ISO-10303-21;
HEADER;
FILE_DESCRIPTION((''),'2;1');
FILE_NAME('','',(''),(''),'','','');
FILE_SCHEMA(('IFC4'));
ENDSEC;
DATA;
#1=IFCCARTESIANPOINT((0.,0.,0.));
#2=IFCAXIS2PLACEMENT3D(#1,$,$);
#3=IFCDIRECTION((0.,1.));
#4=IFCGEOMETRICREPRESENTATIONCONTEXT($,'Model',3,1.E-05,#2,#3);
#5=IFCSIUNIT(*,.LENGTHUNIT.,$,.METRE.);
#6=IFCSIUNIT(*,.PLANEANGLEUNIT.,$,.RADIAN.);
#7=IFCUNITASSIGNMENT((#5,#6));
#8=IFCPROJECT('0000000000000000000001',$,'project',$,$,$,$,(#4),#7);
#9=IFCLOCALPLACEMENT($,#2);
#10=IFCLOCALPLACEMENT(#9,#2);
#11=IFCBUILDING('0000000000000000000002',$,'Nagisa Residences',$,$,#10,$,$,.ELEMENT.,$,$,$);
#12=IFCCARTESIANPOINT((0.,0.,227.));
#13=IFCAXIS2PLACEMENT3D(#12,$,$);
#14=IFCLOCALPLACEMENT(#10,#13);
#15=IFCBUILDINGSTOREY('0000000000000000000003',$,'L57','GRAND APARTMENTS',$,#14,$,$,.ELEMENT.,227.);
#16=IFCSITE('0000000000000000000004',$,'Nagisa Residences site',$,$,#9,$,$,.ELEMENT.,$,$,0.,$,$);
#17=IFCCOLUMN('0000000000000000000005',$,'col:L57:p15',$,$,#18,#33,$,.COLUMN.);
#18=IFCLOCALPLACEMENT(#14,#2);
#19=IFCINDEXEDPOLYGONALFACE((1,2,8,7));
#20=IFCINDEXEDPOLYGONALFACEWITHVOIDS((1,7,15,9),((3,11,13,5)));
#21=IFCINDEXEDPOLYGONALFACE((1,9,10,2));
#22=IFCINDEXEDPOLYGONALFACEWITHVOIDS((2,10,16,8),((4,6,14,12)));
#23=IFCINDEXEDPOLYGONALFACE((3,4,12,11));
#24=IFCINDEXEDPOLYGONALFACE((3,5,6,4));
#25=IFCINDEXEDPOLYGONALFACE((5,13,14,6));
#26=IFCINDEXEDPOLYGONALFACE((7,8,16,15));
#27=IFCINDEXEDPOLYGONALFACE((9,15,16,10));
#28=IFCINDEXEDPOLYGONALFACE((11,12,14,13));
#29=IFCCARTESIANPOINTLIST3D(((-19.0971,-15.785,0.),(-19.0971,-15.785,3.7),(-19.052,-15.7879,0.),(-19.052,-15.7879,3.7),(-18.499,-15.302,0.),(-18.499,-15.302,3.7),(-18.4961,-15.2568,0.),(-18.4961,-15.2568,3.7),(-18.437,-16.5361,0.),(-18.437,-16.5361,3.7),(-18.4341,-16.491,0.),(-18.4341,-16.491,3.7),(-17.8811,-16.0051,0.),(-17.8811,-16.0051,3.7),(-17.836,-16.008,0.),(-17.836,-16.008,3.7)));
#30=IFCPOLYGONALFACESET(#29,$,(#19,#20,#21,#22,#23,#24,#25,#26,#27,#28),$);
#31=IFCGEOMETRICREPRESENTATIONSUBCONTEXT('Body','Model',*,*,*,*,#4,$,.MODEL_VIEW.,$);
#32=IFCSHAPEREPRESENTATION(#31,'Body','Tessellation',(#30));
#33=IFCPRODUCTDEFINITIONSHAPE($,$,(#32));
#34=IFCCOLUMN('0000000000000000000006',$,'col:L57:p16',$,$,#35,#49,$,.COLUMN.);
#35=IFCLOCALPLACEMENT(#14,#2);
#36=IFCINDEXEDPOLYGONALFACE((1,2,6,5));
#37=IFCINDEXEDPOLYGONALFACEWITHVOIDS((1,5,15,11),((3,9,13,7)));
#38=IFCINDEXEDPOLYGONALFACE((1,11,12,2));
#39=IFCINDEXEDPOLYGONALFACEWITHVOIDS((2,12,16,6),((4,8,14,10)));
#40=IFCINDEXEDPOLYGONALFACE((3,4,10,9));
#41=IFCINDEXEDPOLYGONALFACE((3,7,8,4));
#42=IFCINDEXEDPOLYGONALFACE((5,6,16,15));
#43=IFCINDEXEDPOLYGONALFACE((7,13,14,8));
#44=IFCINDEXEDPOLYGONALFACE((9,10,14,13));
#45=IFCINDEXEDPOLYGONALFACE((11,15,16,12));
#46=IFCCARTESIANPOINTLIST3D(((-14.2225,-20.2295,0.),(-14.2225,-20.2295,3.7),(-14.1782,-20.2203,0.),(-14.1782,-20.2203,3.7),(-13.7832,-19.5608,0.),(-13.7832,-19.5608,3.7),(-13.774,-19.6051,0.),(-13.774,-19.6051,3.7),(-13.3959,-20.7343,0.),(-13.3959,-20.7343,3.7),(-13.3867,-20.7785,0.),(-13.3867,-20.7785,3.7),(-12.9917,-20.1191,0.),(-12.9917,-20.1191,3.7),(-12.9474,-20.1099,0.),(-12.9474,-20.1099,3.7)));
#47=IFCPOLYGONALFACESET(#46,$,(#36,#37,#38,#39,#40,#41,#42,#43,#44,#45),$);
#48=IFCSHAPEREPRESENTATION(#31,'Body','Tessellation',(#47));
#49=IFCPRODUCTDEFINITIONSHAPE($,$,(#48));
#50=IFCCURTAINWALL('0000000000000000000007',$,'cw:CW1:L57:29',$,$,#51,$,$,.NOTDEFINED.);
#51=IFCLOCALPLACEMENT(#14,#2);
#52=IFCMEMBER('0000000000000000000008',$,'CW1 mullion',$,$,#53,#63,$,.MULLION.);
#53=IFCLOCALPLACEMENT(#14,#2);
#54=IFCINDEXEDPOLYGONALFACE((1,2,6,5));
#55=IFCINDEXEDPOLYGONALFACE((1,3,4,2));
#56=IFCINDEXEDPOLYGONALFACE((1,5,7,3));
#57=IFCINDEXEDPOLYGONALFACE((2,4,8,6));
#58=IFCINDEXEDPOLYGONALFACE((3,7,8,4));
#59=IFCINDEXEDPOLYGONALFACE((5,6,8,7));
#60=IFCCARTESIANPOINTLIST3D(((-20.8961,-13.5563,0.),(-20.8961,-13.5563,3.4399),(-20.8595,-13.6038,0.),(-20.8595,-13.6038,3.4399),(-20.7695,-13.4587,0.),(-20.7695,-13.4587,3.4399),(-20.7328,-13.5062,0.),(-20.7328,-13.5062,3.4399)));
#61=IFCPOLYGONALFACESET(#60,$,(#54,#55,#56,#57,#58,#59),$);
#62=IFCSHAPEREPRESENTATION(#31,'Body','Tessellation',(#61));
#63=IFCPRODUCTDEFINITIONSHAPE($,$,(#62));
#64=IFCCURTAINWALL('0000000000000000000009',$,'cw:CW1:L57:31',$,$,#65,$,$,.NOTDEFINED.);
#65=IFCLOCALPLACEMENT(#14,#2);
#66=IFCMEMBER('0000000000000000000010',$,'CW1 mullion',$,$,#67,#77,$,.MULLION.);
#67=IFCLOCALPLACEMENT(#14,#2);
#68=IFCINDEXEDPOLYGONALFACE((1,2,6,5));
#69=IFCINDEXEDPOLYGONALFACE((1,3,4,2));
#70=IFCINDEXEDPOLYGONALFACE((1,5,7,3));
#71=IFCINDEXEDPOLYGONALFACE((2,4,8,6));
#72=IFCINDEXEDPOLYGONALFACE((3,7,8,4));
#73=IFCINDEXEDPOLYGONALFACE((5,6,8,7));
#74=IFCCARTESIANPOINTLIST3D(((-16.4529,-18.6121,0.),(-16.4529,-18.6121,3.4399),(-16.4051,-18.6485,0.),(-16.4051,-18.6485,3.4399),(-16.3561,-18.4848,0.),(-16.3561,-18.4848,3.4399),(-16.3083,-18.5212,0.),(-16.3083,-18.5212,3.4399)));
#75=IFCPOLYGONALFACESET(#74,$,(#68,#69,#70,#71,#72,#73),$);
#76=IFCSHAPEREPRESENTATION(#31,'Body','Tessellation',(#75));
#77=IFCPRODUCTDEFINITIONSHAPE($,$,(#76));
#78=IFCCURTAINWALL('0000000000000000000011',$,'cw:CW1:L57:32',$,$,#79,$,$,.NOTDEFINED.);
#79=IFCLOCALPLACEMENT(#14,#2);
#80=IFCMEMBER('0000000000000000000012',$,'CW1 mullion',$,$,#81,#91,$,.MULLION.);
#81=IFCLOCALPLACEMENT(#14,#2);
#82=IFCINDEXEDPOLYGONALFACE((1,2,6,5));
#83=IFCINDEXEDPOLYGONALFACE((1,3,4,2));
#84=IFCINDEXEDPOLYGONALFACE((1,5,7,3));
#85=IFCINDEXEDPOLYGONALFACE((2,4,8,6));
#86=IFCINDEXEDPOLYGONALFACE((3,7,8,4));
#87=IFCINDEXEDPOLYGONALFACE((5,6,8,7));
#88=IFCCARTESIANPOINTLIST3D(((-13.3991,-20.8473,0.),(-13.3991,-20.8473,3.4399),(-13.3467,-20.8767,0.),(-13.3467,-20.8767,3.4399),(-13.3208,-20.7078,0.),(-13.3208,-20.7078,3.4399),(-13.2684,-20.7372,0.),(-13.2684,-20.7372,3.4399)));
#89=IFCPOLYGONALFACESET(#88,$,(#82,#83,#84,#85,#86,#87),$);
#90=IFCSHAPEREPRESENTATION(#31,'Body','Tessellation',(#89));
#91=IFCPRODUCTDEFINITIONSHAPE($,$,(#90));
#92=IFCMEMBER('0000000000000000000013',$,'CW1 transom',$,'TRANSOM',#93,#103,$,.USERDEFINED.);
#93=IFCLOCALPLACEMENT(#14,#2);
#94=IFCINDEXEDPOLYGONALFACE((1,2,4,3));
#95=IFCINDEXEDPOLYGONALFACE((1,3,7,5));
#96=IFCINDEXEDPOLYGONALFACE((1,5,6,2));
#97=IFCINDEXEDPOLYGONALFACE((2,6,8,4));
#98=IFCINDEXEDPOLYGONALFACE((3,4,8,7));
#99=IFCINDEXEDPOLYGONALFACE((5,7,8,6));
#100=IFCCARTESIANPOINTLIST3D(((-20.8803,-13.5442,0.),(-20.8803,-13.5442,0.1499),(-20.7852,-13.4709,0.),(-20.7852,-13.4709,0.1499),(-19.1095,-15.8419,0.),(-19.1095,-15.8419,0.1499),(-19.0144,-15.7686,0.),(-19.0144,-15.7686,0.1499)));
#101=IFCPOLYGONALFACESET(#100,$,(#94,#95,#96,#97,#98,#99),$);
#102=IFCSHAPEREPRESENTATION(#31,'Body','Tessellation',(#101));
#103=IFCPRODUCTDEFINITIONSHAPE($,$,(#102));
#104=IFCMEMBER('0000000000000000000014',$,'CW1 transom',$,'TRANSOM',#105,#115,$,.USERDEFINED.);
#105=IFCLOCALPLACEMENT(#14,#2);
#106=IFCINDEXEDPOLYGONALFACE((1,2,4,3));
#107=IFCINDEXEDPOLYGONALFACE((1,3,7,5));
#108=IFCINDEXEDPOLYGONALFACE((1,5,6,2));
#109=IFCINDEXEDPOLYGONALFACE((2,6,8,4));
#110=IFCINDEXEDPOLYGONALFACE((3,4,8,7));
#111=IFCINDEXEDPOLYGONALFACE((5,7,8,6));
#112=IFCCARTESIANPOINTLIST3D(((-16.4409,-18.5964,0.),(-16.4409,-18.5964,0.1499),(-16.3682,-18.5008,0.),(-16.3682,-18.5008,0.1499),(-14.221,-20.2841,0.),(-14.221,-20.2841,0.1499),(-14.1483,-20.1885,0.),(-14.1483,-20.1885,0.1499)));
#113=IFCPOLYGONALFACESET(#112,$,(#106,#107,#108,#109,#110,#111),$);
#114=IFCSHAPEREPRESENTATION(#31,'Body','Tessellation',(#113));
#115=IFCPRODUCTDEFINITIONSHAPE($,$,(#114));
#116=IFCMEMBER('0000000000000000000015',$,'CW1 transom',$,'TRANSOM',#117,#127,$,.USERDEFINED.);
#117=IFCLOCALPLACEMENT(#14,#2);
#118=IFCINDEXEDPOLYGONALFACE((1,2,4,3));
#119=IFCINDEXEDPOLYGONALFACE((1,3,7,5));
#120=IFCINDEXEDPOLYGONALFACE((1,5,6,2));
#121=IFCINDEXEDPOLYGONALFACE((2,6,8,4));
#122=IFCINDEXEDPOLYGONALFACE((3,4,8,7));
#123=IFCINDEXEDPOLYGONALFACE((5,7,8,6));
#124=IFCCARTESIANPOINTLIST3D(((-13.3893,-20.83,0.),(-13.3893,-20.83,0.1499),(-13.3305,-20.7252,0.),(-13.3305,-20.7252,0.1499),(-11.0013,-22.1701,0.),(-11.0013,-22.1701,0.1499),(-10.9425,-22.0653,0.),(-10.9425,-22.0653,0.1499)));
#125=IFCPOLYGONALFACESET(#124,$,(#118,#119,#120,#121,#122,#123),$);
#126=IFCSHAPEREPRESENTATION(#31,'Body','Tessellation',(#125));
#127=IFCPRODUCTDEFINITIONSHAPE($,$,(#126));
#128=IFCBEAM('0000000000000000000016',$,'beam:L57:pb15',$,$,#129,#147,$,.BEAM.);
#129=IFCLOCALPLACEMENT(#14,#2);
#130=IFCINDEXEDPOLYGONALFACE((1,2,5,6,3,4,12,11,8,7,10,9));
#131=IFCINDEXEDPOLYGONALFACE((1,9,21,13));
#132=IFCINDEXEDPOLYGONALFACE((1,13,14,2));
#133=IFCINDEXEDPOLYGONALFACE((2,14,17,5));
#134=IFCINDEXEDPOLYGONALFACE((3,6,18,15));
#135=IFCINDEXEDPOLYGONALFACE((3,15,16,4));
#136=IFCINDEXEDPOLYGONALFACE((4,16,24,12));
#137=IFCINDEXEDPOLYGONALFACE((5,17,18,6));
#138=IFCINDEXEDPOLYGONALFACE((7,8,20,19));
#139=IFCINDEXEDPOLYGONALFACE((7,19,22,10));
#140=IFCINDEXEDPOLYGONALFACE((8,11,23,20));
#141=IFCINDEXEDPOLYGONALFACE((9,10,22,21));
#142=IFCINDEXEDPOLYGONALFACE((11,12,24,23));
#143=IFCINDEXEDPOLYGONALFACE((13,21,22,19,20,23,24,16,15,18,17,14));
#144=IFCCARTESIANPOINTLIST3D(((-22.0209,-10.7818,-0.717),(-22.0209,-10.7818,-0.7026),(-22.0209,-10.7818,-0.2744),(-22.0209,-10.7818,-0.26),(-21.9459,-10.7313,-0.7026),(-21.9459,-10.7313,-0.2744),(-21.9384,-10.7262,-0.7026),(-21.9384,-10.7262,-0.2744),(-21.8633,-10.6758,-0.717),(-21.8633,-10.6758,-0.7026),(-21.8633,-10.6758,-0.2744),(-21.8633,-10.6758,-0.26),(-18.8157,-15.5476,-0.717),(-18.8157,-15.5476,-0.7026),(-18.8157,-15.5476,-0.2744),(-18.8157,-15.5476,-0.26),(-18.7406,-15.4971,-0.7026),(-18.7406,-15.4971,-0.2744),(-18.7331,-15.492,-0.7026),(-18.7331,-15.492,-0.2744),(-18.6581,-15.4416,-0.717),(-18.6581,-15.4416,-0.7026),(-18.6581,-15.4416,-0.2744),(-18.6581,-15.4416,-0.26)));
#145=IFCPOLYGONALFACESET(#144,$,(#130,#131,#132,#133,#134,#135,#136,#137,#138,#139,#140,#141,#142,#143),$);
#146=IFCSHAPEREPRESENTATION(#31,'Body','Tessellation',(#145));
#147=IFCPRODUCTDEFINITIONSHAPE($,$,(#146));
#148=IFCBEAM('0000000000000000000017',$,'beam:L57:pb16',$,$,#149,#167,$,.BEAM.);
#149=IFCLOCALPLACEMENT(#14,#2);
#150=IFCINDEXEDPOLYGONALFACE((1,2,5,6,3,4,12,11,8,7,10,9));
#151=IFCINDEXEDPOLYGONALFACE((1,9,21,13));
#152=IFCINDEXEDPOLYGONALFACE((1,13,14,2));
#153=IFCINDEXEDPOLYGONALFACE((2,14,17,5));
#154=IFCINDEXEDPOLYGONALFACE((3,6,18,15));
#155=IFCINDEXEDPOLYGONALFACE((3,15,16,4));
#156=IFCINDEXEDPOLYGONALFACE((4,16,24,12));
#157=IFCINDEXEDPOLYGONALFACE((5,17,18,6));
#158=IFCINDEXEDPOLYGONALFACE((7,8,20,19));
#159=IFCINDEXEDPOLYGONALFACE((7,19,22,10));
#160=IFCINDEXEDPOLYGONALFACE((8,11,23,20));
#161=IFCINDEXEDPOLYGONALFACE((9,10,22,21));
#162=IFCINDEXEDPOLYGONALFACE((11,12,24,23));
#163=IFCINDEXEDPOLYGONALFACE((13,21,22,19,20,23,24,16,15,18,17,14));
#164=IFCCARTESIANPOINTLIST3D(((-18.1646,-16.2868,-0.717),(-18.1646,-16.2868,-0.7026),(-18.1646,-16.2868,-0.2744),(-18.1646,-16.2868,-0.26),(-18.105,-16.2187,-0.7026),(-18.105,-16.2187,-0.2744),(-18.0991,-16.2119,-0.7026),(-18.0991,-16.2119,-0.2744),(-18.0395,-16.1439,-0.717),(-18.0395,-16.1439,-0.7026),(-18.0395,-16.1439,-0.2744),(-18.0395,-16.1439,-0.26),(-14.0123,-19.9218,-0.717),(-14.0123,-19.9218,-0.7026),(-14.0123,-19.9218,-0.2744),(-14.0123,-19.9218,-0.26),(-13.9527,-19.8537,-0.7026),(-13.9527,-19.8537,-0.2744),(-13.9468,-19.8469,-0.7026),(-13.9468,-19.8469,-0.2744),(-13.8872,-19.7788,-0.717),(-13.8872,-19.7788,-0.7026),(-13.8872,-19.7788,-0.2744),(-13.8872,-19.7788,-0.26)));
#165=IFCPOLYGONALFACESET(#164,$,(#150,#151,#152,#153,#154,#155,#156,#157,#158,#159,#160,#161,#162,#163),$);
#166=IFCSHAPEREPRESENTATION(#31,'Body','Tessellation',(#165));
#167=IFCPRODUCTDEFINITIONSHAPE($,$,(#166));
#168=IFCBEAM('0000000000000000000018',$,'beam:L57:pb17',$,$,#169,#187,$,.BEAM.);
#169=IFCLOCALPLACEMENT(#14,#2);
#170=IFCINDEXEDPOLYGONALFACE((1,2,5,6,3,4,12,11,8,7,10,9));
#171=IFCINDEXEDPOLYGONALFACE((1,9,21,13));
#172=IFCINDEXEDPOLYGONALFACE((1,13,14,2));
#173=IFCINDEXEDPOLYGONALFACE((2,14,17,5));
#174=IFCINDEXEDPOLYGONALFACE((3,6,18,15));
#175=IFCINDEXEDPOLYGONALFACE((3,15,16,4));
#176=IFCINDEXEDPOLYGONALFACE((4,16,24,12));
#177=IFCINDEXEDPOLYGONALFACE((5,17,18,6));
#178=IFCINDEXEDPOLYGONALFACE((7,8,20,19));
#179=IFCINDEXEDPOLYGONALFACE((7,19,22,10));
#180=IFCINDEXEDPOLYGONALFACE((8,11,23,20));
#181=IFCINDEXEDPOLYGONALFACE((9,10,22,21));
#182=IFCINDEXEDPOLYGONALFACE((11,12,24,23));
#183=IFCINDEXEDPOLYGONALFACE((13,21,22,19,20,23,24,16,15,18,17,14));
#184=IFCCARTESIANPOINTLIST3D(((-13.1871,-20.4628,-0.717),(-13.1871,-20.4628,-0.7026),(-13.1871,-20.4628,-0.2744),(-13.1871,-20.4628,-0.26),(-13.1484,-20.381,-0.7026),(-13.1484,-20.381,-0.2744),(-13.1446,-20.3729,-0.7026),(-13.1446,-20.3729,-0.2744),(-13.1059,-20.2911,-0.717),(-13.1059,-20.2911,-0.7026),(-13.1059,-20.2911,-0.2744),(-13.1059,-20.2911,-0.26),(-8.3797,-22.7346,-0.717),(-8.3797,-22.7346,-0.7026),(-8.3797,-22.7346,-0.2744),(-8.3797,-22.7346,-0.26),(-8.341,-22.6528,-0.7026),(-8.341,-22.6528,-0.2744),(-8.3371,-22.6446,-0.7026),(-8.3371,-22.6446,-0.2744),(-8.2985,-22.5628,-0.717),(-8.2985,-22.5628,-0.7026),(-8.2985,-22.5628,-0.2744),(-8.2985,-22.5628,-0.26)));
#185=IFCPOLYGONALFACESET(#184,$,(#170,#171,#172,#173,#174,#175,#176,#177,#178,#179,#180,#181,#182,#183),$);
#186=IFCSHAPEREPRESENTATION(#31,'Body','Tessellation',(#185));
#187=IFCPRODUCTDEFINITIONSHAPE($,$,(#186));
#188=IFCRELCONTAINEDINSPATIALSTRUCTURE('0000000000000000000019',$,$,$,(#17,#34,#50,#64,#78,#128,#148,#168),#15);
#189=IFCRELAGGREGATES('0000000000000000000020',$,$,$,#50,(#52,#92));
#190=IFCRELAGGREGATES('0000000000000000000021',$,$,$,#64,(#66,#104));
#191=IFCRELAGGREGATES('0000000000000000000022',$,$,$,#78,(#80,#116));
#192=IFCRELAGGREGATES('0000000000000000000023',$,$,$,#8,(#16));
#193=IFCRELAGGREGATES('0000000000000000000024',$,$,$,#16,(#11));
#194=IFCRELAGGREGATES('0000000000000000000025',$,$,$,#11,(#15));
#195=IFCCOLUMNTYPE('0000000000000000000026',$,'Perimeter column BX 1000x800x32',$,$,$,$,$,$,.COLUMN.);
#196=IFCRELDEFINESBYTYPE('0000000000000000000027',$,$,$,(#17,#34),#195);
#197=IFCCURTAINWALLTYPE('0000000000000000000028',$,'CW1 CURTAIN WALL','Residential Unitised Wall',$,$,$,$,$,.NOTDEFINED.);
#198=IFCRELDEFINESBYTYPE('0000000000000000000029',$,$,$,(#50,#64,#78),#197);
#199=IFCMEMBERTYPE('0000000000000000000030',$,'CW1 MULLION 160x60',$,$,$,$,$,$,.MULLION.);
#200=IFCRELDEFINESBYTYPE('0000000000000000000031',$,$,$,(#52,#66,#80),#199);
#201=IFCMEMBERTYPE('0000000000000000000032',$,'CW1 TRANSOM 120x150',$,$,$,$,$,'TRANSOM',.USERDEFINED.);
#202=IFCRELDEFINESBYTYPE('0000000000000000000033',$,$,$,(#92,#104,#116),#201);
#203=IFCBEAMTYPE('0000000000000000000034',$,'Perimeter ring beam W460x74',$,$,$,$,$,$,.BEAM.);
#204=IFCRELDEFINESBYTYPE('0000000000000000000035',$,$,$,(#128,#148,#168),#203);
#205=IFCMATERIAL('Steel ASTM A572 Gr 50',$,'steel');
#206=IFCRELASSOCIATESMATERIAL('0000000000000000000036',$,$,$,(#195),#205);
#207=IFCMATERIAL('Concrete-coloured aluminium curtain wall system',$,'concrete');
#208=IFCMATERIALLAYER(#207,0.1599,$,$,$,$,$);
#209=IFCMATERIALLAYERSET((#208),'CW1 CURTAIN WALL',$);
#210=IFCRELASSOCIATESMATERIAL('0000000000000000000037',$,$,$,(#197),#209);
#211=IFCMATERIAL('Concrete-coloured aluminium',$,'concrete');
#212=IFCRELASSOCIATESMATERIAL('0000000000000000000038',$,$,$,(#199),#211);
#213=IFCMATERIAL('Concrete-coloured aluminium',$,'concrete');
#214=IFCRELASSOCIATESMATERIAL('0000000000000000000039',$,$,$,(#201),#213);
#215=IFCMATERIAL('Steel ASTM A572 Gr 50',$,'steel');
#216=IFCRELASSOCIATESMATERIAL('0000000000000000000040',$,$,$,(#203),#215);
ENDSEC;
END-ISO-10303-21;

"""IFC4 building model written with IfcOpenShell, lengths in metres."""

from ifc_helpers import new_model, si_unit, direction, frame, origin, origin_2d, place, context, subcontext, project, spatial, rectangle, hollow_rectangle, i_section, extrude, material, layer, layer_set, material_profile, profile_set, type_object, element, aggregate, save


model = new_model("IFC4")

# Units and contexts
model_context = context("Model", 3, precision=1e-05, world=origin(), true_north=direction((0.0, 1.0)))
body_context = subcontext(model_context, "Body", "Model", "MODEL_VIEW")
ifc_project = project(units=[si_unit("LENGTHUNIT", "METRE"), si_unit("PLANEANGLEUNIT", "RADIAN")], contexts=[model_context])

# Site, building, storey
site_placement = place(None, origin())
site = spatial("IfcSite", under=ifc_project, at=site_placement, Name="Nagisa Residences site", CompositionType="ELEMENT", RefElevation=0.0)
building_placement = place(site_placement, origin())
building = spatial("IfcBuilding", under=site, at=building_placement, Name="Nagisa Residences", CompositionType="ELEMENT")
storey_placement = place(building_placement, frame((0.0, 0.0, 227.0)))
storey = spatial("IfcBuildingStorey", under=building, at=storey_placement, Name="L57", Description="GRAND APARTMENTS", CompositionType="ELEMENT", Elevation=227.0)

# Columns
ifc_material_1 = material(Name="Steel ASTM A572 Gr 50", Category="steel")
ifc_material_profile_1 = material_profile(ifc_material_1, hollow_rectangle(XDim=1.0, YDim=0.8, WallThickness=0.032, at=origin_2d()), Name="BX 1000x800x32")
ifc_profile_set_1 = profile_set([ifc_material_profile_1], Name="Steel ASTM A572 Gr 50")
column_type = type_object("IfcColumnType", Name="Perimeter column BX 1000x800x32", PredefinedType="COLUMN", material=ifc_profile_set_1)
for number, where, z_axis, x_axis, name in (
    (1, (-18.4666, -15.8965, 0.0), (0.0, 0.0, 1.0), (0.660115, -0.751165, 0.0), "col:L57:p15"),
    (2, (-13.585, -20.1697, 0.0), (0.0, 0.0, 1.0), (0.835766, -0.549086, 0.0), "col:L57:p16"),
):
    element("IfcColumn", number, at=place(storey_placement, frame(where, z_axis=z_axis, x_axis=x_axis)), inside=storey, type_object=column_type, Name=name, PredefinedType="COLUMN", context=body_context, shape_type="SweptSolid", body=[
        extrude(hollow_rectangle(XDim=1.0, YDim=0.8, WallThickness=0.032, at=origin_2d()), origin(), (0.0, 0.0, 1.0), 3.7),
    ])

# Curtain walls, members
ifc_material_2 = material(Name="Concrete-coloured aluminium curtain wall system", Category="concrete")
ifc_layer_1 = layer(ifc_material_2, 0.1599)
ifc_layer_set_1 = layer_set([ifc_layer_1], Name="CW1 CURTAIN WALL")
curtain_wall_type = type_object("IfcCurtainWallType", Name="CW1 CURTAIN WALL", Description="Residential Unitised Wall", PredefinedType="NOTDEFINED", material=ifc_layer_set_1)
curtain_wall_1_placement = place(storey_placement, origin())
curtain_wall_1 = element("IfcCurtainWall", 3, at=curtain_wall_1_placement, inside=storey, type_object=curtain_wall_type, Name="cw:CW1:L57:29", PredefinedType="NOTDEFINED")
ifc_material_3 = material(Name="Concrete-coloured aluminium", Category="concrete")
ifc_material_profile_2 = material_profile(ifc_material_3, rectangle(XDim=0.1599, YDim=0.0601, at=origin_2d()), Name="CW1 MULLION 160x60")
ifc_profile_set_2 = profile_set([ifc_material_profile_2], Name="Concrete-coloured aluminium")
member_type_1 = type_object("IfcMemberType", Name="CW1 MULLION 160x60", PredefinedType="MULLION", material=ifc_profile_set_2)
member_1_placement = place(storey_placement, frame((-20.8145, -13.5312, 0.0), z_axis=(0.0, 0.0, 1.0), x_axis=(0.79207, 0.61043, 0.0)))
member_1 = element("IfcMember", 4, at=member_1_placement, type_object=member_type_1, Name="CW1 mullion", PredefinedType="MULLION", context=body_context, shape_type="SweptSolid", body=[
    extrude(rectangle(XDim=0.1599, YDim=0.0601, at=origin_2d()), origin(), (0.0, 0.0, 1.0), 3.4399),
])
curtain_wall_2_placement = place(storey_placement, origin())
curtain_wall_2 = element("IfcCurtainWall", 5, at=curtain_wall_2_placement, inside=storey, type_object=curtain_wall_type, Name="cw:CW1:L57:31", PredefinedType="NOTDEFINED")
member_2_placement = place(storey_placement, frame((-16.3806, -18.5667, 0.0), z_axis=(0.0, 0.0, 1.0), x_axis=(0.605255, 0.796031, 0.0)))
member_2 = element("IfcMember", 6, at=member_2_placement, type_object=member_type_1, Name="CW1 mullion", PredefinedType="MULLION", context=body_context, shape_type="SweptSolid", body=[
    extrude(rectangle(XDim=0.1599, YDim=0.0601, at=origin_2d()), origin(), (0.0, 0.0, 1.0), 3.4399),
])
curtain_wall_3_placement = place(storey_placement, origin())
curtain_wall_3 = element("IfcCurtainWall", 7, at=curtain_wall_3_placement, inside=storey, type_object=curtain_wall_type, Name="cw:CW1:L57:32", PredefinedType="NOTDEFINED")
member_3_placement = place(storey_placement, frame((-13.3337, -20.7922, 0.0), z_axis=(0.0, 0.0, 1.0), x_axis=(0.489377, 0.872072, 0.0)))
member_3 = element("IfcMember", 8, at=member_3_placement, type_object=member_type_1, Name="CW1 mullion", PredefinedType="MULLION", context=body_context, shape_type="SweptSolid", body=[
    extrude(rectangle(XDim=0.1599, YDim=0.0601, at=origin_2d()), origin(), (0.0, 0.0, 1.0), 3.4399),
])

# Members
ifc_material_4 = material(Name="Concrete-coloured aluminium", Category="concrete")
ifc_material_profile_3 = material_profile(ifc_material_4, rectangle(XDim=0.1201, YDim=0.1499, at=origin_2d()), Name="CW1 TRANSOM 120x150")
ifc_profile_set_3 = profile_set([ifc_material_profile_3], Name="Concrete-coloured aluminium")
member_type_2 = type_object("IfcMemberType", Name="CW1 TRANSOM 120x150", ElementType="TRANSOM", PredefinedType="USERDEFINED", material=ifc_profile_set_3)
member_4_placement = place(storey_placement, frame((-20.8328, -13.5076, 0.075), z_axis=(0.610439, -0.792064, 0.0), x_axis=(0.792064, 0.610439, 0.0)))
member_4 = element("IfcMember", 9, at=member_4_placement, type_object=member_type_2, Name="CW1 transom", ObjectType="TRANSOM", PredefinedType="USERDEFINED", context=body_context, shape_type="SweptSolid", body=[
    extrude(rectangle(XDim=0.1201, YDim=0.1499, at=origin_2d()), origin(), (0.0, 0.0, 1.0), 2.9009),
])
member_5_placement = place(storey_placement, frame((-16.4045, -18.5486, 0.075), z_axis=(0.796064, -0.605212, 0.0), x_axis=(0.605212, 0.796064, 0.0)))
member_5 = element("IfcMember", 10, at=member_5_placement, type_object=member_type_2, Name="CW1 transom", ObjectType="TRANSOM", PredefinedType="USERDEFINED", context=body_context, shape_type="SweptSolid", body=[
    extrude(rectangle(XDim=0.1201, YDim=0.1499, at=origin_2d()), origin(), (0.0, 0.0, 1.0), 2.7886),
])
member_6_placement = place(storey_placement, frame((-13.3599, -20.7776, 0.075), z_axis=(0.872063, -0.489393, 0.0), x_axis=(0.489393, 0.872063, 0.0)))
member_6 = element("IfcMember", 11, at=member_6_placement, type_object=member_type_2, Name="CW1 transom", ObjectType="TRANSOM", PredefinedType="USERDEFINED", context=body_context, shape_type="SweptSolid", body=[
    extrude(rectangle(XDim=0.1201, YDim=0.1499, at=origin_2d()), origin(), (0.0, 0.0, 1.0), 2.7383),
])

# Beams
ifc_material_5 = material(Name="Steel ASTM A572 Gr 50", Category="steel")
ifc_material_profile_4 = material_profile(ifc_material_5, i_section(OverallWidth=0.1899, OverallDepth=0.457, WebThickness=0.009, FlangeThickness=0.0144, at=origin_2d()), Name="W460x74")
ifc_profile_set_4 = profile_set([ifc_material_profile_4], Name="Steel ASTM A572 Gr 50")
beam_type_1 = type_object("IfcBeamType", Name="Perimeter ring beam W460x74", PredefinedType="BEAM", material=ifc_profile_set_4)
beam_1_placement = place(storey_placement, frame((-21.9421, -10.7288, -0.4885), z_axis=(0.55808, -0.829787, 0.0), x_axis=(0.829787, 0.55808, 0.0)))
element("IfcBeam", 12, at=beam_1_placement, inside=storey, type_object=beam_type_1, Name="beam:L57:pb15", PredefinedType="BEAM", context=body_context, shape_type="SweptSolid", body=[
    extrude(i_section(OverallWidth=0.1899, OverallDepth=0.457, WebThickness=0.009, FlangeThickness=0.0144, at=origin_2d()), origin(), (0.0, 0.0, 1.0), 5.7434),
])
beam_2_placement = place(storey_placement, frame((-18.1021, -16.2153, -0.4885), z_axis=(0.752423, -0.65868, 0.0), x_axis=(0.65868, 0.752423, 0.0)))
element("IfcBeam", 13, at=beam_2_placement, inside=storey, type_object=beam_type_1, Name="beam:L57:pb16", PredefinedType="BEAM", context=body_context, shape_type="SweptSolid", body=[
    extrude(i_section(OverallWidth=0.1899, OverallDepth=0.457, WebThickness=0.009, FlangeThickness=0.0144, at=origin_2d()), origin(), (0.0, 0.0, 1.0), 5.5186),
])
beam_3_placement = place(storey_placement, frame((-13.1465, -20.377, -0.4885), z_axis=(0.904134, -0.427249, 0.0), x_axis=(0.427249, 0.904134, 0.0)))
element("IfcBeam", 14, at=beam_3_placement, inside=storey, type_object=beam_type_1, Name="beam:L57:pb17", PredefinedType="BEAM", context=body_context, shape_type="SweptSolid", body=[
    extrude(i_section(OverallWidth=0.1899, OverallDepth=0.457, WebThickness=0.009, FlangeThickness=0.0144, at=origin_2d()), origin(), (0.0, 0.0, 1.0), 5.3171),
])

aggregate(curtain_wall_1, [member_1, member_4])
aggregate(curtain_wall_2, [member_2, member_5])
aggregate(curtain_wall_3, [member_3, member_6])

save(model, "model.ifc")
